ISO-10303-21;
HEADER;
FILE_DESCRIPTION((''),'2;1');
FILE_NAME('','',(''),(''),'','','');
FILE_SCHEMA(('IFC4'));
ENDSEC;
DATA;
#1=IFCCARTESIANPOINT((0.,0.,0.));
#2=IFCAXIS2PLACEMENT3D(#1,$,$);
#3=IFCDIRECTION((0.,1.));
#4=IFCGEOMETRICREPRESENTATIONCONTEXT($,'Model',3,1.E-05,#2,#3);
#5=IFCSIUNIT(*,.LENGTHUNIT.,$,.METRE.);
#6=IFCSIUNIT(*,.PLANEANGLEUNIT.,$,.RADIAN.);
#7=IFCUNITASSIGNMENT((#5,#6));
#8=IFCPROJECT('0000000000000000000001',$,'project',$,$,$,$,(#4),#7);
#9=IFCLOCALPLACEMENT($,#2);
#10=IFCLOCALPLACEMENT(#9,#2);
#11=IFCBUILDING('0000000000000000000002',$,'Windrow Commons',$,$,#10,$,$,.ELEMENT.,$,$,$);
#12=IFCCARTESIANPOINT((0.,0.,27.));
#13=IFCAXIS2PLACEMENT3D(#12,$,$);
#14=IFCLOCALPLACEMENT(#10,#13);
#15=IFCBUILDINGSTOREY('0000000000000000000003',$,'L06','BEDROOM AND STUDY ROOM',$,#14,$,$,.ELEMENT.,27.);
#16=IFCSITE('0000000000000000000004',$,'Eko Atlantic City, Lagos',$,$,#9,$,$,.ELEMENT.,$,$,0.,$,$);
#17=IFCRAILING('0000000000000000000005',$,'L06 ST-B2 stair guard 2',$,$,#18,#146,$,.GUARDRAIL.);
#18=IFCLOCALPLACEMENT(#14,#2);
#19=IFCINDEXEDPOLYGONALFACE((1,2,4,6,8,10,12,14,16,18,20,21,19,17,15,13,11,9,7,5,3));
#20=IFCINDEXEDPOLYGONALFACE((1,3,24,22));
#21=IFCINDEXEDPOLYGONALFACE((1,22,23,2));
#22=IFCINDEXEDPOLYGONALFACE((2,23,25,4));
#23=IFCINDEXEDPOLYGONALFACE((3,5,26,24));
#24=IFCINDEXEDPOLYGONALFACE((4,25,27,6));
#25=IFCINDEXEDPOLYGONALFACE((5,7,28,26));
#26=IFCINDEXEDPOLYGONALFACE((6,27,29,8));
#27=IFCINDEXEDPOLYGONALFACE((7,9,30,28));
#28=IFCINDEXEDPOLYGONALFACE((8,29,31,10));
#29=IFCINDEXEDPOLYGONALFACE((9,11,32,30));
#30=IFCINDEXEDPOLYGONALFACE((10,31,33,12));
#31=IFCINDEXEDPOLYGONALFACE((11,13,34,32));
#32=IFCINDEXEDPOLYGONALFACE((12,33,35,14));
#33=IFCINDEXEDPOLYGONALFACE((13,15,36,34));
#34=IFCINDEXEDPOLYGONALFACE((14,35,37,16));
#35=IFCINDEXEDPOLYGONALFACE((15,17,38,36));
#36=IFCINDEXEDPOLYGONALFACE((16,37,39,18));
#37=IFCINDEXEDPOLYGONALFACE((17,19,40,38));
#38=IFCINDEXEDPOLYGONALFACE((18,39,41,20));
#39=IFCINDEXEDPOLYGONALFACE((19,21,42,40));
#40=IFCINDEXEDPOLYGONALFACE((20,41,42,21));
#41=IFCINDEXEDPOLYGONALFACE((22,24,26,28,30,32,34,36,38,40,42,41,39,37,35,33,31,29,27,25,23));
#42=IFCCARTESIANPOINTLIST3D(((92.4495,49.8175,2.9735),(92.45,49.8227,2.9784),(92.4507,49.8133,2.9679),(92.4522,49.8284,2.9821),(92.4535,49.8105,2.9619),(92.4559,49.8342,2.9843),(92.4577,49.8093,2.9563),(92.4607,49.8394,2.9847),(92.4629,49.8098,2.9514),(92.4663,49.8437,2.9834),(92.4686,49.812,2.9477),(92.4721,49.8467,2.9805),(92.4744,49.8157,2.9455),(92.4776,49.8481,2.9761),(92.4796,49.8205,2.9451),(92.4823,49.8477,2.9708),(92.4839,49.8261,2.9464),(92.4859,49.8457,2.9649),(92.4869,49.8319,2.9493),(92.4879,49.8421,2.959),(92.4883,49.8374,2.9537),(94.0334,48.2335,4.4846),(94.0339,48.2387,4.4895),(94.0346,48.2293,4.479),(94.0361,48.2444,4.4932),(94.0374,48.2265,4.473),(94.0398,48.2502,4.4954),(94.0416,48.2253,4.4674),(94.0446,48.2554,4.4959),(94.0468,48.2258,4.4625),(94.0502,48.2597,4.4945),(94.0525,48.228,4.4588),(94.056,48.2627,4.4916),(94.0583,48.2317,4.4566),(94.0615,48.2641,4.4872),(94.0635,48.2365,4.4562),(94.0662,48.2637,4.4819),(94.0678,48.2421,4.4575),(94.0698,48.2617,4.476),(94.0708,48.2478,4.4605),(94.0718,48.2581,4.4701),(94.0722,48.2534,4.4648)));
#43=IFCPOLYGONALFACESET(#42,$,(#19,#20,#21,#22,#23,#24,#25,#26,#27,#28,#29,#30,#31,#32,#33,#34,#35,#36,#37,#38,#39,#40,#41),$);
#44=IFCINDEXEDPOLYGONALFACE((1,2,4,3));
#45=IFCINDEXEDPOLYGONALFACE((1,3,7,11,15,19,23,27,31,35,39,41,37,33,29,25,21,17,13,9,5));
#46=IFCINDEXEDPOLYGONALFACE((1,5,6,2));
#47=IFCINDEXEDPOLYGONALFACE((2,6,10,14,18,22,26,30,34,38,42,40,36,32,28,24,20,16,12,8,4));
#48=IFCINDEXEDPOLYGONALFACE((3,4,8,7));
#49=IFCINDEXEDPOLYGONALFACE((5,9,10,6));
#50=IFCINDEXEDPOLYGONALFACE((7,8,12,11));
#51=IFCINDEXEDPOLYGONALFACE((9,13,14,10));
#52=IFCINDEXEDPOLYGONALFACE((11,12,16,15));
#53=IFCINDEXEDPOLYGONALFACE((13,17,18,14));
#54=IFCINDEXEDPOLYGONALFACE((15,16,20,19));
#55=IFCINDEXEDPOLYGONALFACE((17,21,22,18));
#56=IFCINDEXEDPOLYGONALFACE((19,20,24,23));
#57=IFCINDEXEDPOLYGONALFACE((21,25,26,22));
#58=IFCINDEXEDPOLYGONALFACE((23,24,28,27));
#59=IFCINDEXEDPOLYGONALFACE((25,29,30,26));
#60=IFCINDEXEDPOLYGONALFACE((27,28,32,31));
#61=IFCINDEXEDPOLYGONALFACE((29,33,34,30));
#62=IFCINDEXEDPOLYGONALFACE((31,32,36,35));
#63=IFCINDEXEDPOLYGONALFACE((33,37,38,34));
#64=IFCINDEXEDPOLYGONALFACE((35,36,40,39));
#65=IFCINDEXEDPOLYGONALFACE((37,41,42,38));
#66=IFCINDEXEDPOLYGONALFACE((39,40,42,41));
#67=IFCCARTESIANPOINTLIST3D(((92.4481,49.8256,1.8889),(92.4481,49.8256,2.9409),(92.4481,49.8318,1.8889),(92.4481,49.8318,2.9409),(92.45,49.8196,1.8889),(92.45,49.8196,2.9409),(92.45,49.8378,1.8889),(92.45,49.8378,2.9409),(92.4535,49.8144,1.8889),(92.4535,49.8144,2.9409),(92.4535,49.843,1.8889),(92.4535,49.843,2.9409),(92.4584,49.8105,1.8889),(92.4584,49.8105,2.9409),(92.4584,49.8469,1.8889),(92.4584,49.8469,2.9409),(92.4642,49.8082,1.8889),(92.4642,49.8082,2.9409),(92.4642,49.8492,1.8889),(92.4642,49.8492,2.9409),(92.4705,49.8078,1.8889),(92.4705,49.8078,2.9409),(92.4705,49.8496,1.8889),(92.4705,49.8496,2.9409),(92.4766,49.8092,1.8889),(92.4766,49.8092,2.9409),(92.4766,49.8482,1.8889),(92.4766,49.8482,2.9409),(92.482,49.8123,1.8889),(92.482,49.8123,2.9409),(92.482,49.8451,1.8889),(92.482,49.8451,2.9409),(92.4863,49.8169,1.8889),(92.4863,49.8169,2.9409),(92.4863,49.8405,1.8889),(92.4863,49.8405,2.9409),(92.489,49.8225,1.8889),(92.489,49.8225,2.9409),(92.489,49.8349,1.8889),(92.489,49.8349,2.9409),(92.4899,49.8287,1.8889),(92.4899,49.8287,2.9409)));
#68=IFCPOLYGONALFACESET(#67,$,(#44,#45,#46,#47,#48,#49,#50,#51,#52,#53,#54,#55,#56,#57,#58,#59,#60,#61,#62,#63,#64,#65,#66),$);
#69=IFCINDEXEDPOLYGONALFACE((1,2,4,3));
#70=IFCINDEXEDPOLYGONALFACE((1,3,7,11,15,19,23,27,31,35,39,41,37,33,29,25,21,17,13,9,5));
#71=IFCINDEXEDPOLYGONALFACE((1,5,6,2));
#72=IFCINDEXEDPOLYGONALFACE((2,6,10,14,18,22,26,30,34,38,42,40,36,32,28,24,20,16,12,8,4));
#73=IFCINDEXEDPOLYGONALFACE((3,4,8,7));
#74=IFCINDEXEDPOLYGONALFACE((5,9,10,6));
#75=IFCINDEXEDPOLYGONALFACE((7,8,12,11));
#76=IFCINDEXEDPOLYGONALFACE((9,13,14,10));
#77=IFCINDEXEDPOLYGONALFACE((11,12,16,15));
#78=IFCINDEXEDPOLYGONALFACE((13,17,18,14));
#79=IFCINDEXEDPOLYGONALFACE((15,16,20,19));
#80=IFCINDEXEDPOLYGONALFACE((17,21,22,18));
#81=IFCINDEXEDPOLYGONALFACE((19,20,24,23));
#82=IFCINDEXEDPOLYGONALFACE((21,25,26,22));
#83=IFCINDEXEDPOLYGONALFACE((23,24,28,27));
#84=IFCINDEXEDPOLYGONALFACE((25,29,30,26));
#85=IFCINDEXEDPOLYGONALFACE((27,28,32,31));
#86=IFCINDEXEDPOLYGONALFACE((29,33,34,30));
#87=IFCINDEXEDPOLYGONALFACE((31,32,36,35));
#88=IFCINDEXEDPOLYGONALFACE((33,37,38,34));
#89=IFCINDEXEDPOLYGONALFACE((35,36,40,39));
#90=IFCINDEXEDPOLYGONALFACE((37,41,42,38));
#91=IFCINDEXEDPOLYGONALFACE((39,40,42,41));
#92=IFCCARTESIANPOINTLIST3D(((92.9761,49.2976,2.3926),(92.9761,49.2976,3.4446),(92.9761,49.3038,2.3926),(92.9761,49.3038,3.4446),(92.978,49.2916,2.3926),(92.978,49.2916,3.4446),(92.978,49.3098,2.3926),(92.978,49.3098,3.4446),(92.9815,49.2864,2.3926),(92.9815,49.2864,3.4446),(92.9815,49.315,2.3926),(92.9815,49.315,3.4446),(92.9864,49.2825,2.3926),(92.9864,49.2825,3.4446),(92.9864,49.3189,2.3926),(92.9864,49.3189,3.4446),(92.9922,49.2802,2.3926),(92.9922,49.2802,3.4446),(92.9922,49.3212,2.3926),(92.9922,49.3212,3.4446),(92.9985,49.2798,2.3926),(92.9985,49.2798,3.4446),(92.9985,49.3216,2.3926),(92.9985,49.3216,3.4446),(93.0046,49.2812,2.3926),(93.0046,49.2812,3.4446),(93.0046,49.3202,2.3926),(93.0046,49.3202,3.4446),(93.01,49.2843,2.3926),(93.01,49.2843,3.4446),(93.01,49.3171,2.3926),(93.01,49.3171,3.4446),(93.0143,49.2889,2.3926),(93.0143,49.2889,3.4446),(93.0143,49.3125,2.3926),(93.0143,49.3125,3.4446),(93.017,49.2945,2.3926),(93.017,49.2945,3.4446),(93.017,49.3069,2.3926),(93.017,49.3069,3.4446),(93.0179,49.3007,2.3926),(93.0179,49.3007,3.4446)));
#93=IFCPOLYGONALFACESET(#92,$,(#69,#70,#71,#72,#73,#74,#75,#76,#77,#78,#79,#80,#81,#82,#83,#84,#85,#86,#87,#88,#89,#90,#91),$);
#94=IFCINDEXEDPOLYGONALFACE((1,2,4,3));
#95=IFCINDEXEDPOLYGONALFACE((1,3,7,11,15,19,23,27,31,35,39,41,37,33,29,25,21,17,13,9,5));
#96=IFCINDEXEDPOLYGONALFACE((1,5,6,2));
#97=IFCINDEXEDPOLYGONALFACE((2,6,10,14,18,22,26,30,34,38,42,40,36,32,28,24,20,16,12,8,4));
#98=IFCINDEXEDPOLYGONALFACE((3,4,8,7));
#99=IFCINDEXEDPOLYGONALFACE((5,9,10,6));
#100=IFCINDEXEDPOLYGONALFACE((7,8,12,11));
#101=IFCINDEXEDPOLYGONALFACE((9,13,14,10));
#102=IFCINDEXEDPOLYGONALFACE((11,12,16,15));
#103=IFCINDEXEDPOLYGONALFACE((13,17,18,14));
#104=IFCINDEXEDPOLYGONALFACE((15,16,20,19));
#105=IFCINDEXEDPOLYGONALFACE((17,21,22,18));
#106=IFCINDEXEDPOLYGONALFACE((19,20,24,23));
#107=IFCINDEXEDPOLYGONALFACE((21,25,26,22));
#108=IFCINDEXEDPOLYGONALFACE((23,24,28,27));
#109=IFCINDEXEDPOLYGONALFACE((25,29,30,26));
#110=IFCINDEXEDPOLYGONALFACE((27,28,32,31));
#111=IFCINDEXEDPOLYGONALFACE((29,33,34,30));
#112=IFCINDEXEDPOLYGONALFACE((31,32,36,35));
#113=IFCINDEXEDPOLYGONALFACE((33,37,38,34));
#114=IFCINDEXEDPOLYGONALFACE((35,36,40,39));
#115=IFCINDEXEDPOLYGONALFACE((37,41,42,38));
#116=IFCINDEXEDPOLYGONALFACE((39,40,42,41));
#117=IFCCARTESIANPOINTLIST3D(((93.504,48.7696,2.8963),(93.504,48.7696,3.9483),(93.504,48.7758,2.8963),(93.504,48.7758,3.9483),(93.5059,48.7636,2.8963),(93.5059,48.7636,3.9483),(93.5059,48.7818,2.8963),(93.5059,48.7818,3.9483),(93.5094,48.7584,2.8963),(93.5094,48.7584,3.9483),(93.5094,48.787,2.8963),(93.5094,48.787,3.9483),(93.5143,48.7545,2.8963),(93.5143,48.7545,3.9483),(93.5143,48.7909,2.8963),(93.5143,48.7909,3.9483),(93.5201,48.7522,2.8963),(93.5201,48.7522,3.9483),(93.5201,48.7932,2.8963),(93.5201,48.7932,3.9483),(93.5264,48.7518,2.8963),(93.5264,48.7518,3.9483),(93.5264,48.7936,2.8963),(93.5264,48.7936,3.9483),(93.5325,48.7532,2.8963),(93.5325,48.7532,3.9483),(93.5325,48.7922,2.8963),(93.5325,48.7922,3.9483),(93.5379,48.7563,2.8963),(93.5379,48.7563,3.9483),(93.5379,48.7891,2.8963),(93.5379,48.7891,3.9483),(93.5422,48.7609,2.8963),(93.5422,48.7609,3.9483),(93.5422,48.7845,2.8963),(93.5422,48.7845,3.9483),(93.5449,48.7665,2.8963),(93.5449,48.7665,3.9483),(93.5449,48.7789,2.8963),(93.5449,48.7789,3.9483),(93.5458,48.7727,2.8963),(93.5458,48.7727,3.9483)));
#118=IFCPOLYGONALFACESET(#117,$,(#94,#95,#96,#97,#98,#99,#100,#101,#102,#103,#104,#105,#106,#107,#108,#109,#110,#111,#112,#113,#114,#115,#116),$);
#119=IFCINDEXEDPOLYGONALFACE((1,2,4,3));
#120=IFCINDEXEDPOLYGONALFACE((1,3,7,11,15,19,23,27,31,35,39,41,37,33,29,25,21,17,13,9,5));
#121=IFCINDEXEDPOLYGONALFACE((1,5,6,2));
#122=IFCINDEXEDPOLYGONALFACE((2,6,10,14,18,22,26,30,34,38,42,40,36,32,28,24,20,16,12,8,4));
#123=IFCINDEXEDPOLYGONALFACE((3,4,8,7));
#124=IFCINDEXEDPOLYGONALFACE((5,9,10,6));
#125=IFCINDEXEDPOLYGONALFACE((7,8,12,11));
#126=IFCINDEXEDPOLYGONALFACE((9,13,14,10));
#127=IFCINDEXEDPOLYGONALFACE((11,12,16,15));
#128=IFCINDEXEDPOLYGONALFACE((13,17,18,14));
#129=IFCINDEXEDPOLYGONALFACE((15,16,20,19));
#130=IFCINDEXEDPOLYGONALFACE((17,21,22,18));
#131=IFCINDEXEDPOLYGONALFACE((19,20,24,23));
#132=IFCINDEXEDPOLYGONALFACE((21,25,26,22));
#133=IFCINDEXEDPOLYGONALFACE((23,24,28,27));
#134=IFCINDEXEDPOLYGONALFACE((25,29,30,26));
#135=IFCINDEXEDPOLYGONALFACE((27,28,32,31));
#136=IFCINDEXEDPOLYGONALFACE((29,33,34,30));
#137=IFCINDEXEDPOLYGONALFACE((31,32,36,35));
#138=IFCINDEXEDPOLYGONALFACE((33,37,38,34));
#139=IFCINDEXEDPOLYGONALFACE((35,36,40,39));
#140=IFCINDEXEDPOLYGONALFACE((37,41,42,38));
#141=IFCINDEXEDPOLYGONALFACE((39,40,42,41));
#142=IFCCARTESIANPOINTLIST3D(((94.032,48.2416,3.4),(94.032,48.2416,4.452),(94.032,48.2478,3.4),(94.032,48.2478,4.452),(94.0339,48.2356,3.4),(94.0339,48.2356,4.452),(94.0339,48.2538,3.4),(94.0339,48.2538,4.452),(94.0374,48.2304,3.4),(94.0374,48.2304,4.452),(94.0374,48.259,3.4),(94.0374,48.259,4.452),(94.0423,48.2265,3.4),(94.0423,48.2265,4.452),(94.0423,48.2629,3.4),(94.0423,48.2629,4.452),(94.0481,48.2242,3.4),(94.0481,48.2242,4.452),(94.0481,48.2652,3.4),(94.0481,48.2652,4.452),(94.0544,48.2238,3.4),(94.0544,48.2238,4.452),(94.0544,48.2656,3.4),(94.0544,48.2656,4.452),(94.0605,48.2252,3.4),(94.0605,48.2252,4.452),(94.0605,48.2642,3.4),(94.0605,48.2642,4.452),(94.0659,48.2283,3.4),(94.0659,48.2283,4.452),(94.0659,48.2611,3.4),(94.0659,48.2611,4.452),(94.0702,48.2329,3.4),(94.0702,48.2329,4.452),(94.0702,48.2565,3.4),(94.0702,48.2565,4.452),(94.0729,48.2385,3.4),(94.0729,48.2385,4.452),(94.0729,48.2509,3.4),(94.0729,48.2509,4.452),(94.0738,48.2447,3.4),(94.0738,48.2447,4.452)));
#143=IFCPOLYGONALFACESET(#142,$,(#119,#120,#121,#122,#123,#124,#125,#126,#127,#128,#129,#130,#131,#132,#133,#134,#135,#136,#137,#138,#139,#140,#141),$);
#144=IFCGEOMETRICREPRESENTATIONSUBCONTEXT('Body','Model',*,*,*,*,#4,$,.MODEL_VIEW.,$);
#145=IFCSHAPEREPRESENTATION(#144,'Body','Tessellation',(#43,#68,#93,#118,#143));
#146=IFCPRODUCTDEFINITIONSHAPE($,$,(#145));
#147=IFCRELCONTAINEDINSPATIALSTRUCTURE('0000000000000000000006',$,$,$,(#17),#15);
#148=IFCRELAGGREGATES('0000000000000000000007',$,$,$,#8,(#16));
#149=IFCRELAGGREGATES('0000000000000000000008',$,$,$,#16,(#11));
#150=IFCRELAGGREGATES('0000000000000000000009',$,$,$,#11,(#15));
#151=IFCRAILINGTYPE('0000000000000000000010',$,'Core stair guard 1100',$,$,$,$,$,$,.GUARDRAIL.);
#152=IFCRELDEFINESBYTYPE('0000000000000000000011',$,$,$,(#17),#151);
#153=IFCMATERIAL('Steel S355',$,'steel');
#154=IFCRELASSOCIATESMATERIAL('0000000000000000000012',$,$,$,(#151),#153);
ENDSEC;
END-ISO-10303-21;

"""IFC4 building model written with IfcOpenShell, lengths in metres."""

from ifc_helpers import new_model, si_unit, direction, frame, origin, origin_2d, place, context, subcontext, project, spatial, circle, extrude, material, type_object, element, save


model = new_model("IFC4")

# Units and contexts
model_context = context("Model", 3, precision=1e-05, world=origin(), true_north=direction((0.0, 1.0)))
body_context = subcontext(model_context, "Body", "Model", "MODEL_VIEW")
ifc_project = project(units=[si_unit("LENGTHUNIT", "METRE"), si_unit("PLANEANGLEUNIT", "RADIAN")], contexts=[model_context])

# Site, building, storey
site_placement = place(None, origin())
site = spatial("IfcSite", under=ifc_project, at=site_placement, Name="Eko Atlantic City, Lagos", CompositionType="ELEMENT", RefElevation=0.0)
building_placement = place(site_placement, origin())
building = spatial("IfcBuilding", under=site, at=building_placement, Name="Windrow Commons", CompositionType="ELEMENT")
storey_placement = place(building_placement, frame((0.0, 0.0, 27.0)))
storey = spatial("IfcBuildingStorey", under=building, at=storey_placement, Name="L06", Description="BEDROOM AND STUDY ROOM", CompositionType="ELEMENT", Elevation=27.0)

# Railing
ifc_material_1 = material(Name="Steel S355", Category="steel")
railing_type_1 = type_object("IfcRailingType", Name="Core stair guard 1100", PredefinedType="GUARDRAIL", material=ifc_material_1)
railing_1_placement = place(storey_placement, frame((92.4689, 49.8287, 1.8889)))
element("IfcRailing", 1, at=railing_1_placement, inside=storey, type_object=railing_type_1, Name="L06 ST-B2 stair guard 2", PredefinedType="GUARDRAIL", context=body_context, shape_type="SweptSolid", body=[
    extrude(circle(Radius=0.024, at=origin_2d()), frame((0.0, 0.0, 1.076), z_axis=(0.586179, -0.586216, 0.559237), x_axis=(0.707129, 0.707084, 0.0)), (0.0, 0.0, 1.0), 2.7021),
    extrude(circle(Radius=0.021, at=origin_2d()), origin(), (0.0, 0.0, 1.0), 1.052),
    extrude(circle(Radius=0.021, at=origin_2d()), frame((0.528, -0.528, 0.5037)), (0.0, 0.0, 1.0), 1.052),
    extrude(circle(Radius=0.021, at=origin_2d()), frame((1.0559, -1.056, 1.0074)), (0.0, 0.0, 1.0), 1.052),
    extrude(circle(Radius=0.021, at=origin_2d()), frame((1.5839, -1.584, 1.5111)), (0.0, 0.0, 1.0), 1.052),
])

save(model, "model.ifc")
